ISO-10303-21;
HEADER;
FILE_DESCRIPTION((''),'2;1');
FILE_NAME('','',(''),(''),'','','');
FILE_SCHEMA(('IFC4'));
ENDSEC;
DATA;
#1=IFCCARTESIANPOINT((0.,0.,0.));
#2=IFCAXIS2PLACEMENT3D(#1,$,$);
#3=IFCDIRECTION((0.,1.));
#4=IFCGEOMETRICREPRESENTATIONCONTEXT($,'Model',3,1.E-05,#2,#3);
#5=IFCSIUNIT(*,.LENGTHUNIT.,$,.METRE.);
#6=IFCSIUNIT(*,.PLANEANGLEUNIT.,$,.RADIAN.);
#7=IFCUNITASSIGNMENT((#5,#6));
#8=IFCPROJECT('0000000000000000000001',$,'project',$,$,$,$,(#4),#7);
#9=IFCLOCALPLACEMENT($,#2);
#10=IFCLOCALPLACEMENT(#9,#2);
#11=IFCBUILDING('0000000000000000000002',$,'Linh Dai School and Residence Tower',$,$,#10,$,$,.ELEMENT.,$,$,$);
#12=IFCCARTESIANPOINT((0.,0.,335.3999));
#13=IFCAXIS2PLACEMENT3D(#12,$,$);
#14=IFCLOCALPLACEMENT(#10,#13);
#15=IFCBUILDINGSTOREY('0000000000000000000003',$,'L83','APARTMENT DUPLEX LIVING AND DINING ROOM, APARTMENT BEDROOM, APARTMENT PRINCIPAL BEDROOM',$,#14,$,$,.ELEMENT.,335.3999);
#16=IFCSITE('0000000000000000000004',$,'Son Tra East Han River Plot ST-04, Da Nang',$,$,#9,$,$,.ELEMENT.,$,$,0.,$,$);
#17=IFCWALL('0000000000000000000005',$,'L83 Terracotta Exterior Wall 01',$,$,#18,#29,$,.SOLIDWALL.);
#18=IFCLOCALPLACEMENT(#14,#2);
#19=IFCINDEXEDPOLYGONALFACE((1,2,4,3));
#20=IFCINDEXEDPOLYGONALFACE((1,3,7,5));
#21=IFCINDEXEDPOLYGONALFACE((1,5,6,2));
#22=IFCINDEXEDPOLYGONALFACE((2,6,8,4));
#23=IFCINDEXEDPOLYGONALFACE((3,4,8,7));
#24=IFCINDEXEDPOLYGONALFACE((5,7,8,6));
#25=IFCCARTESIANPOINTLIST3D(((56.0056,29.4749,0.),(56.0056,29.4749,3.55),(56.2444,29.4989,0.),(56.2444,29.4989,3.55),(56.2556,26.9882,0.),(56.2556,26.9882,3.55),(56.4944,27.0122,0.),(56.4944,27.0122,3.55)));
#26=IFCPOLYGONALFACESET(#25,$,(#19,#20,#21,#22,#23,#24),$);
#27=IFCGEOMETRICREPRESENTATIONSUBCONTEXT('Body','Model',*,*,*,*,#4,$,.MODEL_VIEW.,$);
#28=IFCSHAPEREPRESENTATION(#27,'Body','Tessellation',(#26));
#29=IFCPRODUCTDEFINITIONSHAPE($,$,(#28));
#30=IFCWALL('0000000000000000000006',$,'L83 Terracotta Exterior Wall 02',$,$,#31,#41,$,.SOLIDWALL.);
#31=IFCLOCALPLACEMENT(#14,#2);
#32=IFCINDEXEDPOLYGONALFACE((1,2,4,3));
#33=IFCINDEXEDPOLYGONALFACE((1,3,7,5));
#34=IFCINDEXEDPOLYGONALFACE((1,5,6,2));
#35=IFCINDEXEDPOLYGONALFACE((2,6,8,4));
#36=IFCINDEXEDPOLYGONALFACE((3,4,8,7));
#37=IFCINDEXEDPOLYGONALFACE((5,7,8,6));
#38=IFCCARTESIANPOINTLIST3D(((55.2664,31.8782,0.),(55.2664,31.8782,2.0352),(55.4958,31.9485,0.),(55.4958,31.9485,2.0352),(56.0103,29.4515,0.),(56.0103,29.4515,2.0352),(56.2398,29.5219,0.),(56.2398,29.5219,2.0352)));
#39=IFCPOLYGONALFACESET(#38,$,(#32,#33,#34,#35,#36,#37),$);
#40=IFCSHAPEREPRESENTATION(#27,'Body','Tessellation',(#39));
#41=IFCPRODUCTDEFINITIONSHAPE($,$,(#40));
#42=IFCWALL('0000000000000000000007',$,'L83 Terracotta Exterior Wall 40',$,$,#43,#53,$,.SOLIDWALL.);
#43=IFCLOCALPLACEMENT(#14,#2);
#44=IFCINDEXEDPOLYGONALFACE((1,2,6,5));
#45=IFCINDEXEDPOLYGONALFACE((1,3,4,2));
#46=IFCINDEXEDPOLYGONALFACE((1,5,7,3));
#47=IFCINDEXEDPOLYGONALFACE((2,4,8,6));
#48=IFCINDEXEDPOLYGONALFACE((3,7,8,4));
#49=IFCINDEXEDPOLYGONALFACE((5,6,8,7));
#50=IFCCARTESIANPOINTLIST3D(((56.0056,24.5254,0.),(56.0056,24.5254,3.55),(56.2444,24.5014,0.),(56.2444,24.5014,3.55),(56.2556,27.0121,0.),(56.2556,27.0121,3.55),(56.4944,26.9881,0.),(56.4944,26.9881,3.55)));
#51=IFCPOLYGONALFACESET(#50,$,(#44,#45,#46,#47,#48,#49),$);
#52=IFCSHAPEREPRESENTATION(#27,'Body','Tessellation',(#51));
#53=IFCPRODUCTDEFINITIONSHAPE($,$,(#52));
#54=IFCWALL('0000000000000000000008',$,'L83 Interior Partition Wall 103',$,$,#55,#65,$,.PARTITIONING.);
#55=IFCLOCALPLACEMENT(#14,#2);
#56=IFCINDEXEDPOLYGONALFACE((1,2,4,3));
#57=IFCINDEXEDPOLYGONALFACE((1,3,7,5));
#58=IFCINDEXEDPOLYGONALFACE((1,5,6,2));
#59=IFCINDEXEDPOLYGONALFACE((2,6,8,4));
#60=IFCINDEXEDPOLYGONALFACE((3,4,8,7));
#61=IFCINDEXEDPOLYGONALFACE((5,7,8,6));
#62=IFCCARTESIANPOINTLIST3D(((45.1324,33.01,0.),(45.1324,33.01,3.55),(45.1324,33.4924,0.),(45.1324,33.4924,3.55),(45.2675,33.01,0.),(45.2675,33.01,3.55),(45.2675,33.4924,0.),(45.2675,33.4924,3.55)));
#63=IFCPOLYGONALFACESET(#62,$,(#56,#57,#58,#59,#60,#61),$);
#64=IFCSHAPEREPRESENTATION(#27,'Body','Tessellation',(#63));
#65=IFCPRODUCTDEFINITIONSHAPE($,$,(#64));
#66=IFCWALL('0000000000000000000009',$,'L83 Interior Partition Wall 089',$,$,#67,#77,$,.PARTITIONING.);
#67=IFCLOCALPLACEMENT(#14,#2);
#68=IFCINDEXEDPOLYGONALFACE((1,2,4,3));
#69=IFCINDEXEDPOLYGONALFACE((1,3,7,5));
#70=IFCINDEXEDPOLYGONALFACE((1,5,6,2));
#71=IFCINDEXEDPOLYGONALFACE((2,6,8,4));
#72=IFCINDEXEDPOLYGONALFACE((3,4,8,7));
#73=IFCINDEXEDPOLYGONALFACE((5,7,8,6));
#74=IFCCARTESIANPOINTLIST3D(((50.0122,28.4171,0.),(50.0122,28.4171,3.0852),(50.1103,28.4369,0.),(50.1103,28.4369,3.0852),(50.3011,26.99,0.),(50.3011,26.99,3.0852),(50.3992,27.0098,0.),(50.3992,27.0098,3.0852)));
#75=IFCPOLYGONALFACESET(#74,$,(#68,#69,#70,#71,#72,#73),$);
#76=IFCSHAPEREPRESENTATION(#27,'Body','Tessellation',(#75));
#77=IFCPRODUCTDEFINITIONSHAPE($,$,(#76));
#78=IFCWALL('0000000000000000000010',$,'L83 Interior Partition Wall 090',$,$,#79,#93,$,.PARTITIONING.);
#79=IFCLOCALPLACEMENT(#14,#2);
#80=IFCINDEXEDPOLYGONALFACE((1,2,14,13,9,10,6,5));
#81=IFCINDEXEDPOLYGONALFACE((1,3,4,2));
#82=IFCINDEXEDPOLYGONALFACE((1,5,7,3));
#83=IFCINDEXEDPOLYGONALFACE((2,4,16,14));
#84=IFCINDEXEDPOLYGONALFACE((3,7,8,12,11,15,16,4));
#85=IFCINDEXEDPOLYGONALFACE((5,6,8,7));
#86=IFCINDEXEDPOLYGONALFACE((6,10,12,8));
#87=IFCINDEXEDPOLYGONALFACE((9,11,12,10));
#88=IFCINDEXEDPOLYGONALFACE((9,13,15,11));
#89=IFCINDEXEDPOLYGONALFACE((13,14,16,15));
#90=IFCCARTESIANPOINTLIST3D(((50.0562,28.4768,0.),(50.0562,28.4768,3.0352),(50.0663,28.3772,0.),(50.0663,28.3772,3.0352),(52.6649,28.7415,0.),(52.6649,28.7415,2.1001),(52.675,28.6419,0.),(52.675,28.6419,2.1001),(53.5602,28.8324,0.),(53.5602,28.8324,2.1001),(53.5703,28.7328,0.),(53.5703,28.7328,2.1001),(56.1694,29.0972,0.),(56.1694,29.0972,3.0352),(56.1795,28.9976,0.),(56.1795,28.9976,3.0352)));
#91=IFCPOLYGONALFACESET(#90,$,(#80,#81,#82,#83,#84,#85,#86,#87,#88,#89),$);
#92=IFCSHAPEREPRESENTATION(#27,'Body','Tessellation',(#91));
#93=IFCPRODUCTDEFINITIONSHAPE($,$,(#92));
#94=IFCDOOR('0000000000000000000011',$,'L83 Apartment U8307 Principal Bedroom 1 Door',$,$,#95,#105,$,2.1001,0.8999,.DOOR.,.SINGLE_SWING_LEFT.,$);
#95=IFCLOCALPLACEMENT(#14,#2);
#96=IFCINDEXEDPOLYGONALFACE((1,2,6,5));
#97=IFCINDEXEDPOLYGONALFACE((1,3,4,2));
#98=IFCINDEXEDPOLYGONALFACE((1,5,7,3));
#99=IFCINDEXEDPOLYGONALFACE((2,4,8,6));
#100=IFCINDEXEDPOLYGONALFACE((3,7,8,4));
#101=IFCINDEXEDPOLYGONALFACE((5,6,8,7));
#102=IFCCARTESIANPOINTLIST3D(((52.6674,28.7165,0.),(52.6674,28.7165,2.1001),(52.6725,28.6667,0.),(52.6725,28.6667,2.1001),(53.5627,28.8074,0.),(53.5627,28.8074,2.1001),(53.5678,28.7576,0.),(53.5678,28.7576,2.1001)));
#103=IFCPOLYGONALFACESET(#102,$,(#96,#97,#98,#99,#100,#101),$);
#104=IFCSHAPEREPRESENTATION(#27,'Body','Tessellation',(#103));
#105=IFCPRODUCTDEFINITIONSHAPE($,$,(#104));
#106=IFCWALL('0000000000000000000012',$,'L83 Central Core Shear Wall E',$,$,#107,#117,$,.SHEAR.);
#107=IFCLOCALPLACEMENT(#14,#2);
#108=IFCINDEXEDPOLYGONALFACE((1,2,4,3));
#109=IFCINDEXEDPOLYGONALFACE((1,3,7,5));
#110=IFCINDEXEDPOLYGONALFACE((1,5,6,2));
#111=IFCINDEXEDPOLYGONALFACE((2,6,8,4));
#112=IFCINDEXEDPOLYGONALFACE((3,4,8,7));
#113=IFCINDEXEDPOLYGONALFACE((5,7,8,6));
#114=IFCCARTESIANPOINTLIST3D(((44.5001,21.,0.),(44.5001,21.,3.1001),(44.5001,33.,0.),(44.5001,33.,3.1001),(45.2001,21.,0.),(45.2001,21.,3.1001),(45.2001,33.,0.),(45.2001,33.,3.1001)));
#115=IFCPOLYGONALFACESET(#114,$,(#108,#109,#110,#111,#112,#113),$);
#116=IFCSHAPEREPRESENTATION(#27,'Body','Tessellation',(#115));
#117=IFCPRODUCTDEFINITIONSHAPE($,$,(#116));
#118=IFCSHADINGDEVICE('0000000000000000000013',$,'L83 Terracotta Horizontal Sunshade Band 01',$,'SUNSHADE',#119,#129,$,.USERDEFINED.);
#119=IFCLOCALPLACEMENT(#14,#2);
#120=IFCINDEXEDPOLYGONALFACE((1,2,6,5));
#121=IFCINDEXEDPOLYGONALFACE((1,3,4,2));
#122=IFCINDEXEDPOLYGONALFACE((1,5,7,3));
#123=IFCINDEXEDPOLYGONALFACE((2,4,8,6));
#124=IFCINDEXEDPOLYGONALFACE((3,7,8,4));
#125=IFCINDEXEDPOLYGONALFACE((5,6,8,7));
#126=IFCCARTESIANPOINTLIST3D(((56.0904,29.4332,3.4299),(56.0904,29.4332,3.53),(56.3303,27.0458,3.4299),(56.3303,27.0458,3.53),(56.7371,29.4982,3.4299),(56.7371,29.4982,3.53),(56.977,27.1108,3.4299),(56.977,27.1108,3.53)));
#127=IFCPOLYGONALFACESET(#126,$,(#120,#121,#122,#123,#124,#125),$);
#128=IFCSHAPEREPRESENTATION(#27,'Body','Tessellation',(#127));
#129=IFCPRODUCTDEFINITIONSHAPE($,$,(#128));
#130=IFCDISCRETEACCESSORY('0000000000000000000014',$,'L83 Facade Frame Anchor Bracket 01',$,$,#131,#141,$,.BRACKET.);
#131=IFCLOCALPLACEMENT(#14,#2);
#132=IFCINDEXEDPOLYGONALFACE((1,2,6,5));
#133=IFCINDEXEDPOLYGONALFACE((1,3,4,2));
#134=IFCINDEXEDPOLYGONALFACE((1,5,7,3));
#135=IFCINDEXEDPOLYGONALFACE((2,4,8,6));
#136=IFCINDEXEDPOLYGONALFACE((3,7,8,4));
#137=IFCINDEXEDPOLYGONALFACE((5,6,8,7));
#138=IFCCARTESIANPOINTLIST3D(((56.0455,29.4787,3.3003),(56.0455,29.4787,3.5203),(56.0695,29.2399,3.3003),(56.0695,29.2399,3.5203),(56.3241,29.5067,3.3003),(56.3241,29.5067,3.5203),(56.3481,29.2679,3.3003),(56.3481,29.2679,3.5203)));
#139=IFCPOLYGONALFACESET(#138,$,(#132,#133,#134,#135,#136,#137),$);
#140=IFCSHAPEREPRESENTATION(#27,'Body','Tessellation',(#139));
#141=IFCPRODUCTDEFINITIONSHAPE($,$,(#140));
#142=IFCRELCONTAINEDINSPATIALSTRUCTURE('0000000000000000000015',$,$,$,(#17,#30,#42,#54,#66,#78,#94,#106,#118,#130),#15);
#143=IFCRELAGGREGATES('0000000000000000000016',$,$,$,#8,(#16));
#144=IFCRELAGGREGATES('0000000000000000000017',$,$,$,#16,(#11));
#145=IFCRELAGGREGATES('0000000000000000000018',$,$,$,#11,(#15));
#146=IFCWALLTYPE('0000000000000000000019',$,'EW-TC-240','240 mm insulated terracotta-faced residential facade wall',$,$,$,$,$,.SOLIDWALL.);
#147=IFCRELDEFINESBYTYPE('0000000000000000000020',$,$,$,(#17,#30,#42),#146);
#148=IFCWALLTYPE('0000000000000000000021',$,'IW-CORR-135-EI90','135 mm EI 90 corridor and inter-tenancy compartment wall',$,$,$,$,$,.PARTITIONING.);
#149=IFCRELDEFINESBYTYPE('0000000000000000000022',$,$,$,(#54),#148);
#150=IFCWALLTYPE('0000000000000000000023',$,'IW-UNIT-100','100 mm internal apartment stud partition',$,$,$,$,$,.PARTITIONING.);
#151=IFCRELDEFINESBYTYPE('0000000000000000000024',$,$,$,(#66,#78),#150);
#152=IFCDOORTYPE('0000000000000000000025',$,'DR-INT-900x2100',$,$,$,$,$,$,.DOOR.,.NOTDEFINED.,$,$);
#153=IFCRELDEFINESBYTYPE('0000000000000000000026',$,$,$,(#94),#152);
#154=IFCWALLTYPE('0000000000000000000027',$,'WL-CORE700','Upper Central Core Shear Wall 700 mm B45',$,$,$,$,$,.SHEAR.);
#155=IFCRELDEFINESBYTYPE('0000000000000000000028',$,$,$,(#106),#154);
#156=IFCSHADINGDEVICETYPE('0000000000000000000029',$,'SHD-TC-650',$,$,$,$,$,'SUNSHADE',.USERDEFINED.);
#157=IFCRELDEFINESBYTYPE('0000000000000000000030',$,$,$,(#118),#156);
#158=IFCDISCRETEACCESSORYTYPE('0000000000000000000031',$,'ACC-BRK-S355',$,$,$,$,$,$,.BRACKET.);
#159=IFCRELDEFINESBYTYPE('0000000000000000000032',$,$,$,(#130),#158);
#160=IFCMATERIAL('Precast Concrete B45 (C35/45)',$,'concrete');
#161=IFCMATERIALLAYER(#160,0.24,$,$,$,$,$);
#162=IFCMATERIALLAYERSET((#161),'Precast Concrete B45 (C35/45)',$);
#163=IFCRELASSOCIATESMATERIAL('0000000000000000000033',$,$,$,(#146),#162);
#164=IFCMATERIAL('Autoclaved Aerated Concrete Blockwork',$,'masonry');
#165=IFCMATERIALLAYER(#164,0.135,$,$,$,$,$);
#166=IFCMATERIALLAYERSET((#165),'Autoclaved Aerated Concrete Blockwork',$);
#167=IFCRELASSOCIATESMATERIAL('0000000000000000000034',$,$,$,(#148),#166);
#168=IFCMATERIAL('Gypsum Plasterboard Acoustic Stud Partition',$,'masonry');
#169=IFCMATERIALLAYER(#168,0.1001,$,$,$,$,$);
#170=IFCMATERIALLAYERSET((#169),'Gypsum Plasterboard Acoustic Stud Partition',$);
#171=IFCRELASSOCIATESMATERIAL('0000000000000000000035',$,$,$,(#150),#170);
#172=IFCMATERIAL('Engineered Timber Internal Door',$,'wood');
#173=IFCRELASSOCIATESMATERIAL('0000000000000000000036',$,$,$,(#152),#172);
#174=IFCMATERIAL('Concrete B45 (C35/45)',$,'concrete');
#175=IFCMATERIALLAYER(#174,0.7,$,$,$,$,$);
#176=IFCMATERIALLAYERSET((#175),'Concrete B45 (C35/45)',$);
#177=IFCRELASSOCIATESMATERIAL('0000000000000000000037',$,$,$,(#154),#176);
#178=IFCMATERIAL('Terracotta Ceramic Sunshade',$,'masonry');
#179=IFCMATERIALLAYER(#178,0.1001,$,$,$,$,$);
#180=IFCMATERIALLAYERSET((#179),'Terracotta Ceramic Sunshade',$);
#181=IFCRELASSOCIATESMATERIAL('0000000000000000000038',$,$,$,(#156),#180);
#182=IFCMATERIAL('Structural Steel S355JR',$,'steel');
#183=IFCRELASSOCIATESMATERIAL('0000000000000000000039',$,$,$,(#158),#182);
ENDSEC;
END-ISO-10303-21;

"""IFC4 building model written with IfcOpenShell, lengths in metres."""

from ifc_helpers import new_model, si_unit, direction, frame, frame_2d, origin, origin_2d, place, context, subcontext, project, spatial, rectangle, extrude, source, transform, mapped, material, layer, layer_set, type_object, element, fill, save


model = new_model("IFC4")

# Units and contexts
model_context = context("Model", 3, precision=1e-05, world=origin(), true_north=direction((0.0, 1.0)))
body_context = subcontext(model_context, "Body", "Model", "MODEL_VIEW")
ifc_project = project(units=[si_unit("LENGTHUNIT", "METRE"), si_unit("PLANEANGLEUNIT", "RADIAN")], contexts=[model_context])

# Site, building, storey
site_placement = place(None, origin())
site = spatial("IfcSite", under=ifc_project, at=site_placement, Name="Son Tra East Han River Plot ST-04, Da Nang", CompositionType="ELEMENT", RefElevation=0.0)
building_placement = place(site_placement, origin())
building = spatial("IfcBuilding", under=site, at=building_placement, Name="Linh Dai School and Residence Tower", CompositionType="ELEMENT")
storey_placement = place(building_placement, frame((0.0, 0.0, 335.3999)))
storey = spatial("IfcBuildingStorey", under=building, at=storey_placement, Name="L83", Description="APARTMENT DUPLEX LIVING AND DINING ROOM, APARTMENT BEDROOM, APARTMENT PRINCIPAL BEDROOM", CompositionType="ELEMENT", Elevation=335.3999)

# Shared definitions
ifc_material_1 = material(Name="Structural Steel S355JR", Category="steel")

# Shared definitions
ifc_material_2 = material(Name="Precast Concrete B45 (C35/45)", Category="concrete")

# Walls
ifc_layer_1 = layer(ifc_material_2, 0.24)
ifc_layer_set_1 = layer_set([ifc_layer_1], Name="Precast Concrete B45 (C35/45)")
wall_type_1 = type_object("IfcWallType", Name="EW-TC-240", Description="240 mm insulated terracotta-faced residential facade wall", PredefinedType="SOLIDWALL", material=ifc_layer_set_1)
wall_1_placement = place(storey_placement, frame((56.125, 29.4868, 0.0), z_axis=(0.0, 0.0, 1.0), x_axis=(0.100026, -0.994985, 0.0)))
element("IfcWall", 1, at=wall_1_placement, inside=storey, type_object=wall_type_1, Name="L83 Terracotta Exterior Wall 01", PredefinedType="SOLIDWALL", context=body_context, shape_type="SweptSolid", body=[
    extrude(rectangle(XDim=2.4993, YDim=0.24, at=frame_2d((1.2495, 0.0))), origin(), (0.0, 0.0, 1.0), 3.55),
])
wall_2_placement = place(storey_placement, frame((55.3811, 31.9133, 0.0), z_axis=(0.0, 0.0, 1.0), x_axis=(0.293106, -0.95608, 0.0)))
element("IfcWall", 2, at=wall_2_placement, inside=storey, type_object=wall_type_1, Name="L83 Terracotta Exterior Wall 02", PredefinedType="SOLIDWALL", context=body_context, shape_type="SweptSolid", body=[
    extrude(rectangle(XDim=2.5381, YDim=0.24, at=frame_2d((1.269, 0.0))), origin(), (0.0, 0.0, 1.0), 2.0352),
])
wall_3_placement = place(storey_placement, frame((56.375, 27.0, 0.0), z_axis=(0.0, 0.0, 1.0), x_axis=(-0.100026, -0.994985, 0.0)))
element("IfcWall", 3, at=wall_3_placement, inside=storey, type_object=wall_type_1, Name="L83 Terracotta Exterior Wall 40", PredefinedType="SOLIDWALL", context=body_context, shape_type="SweptSolid", body=[
    extrude(rectangle(XDim=2.4993, YDim=0.24, at=frame_2d((1.2495, 0.0))), origin(), (0.0, 0.0, 1.0), 3.55),
])
ifc_material_3 = material(Name="Autoclaved Aerated Concrete Blockwork", Category="masonry")
ifc_layer_2 = layer(ifc_material_3, 0.135)
ifc_layer_set_2 = layer_set([ifc_layer_2], Name="Autoclaved Aerated Concrete Blockwork")
wall_type_2 = type_object("IfcWallType", Name="IW-CORR-135-EI90", Description="135 mm EI 90 corridor and inter-tenancy compartment wall", PredefinedType="PARTITIONING", material=ifc_layer_set_2)
wall_4_placement = place(storey_placement, frame((45.2, 33.01, 0.0), z_axis=(0.0, 0.0, 1.0), x_axis=(0.0, 1.0, 0.0)))
element("IfcWall", 4, at=wall_4_placement, inside=storey, type_object=wall_type_2, Name="L83 Interior Partition Wall 103", PredefinedType="PARTITIONING", context=body_context, shape_type="SweptSolid", body=[
    extrude(rectangle(XDim=0.4824, YDim=0.135, at=frame_2d((0.2412, 0.0))), origin(), (0.0, 0.0, 1.0), 3.55),
])
ifc_material_4 = material(Name="Gypsum Plasterboard Acoustic Stud Partition", Category="masonry")
ifc_layer_3 = layer(ifc_material_4, 0.1001)
ifc_layer_set_3 = layer_set([ifc_layer_3], Name="Gypsum Plasterboard Acoustic Stud Partition")
wall_type_3 = type_object("IfcWallType", Name="IW-UNIT-100", Description="100 mm internal apartment stud partition", PredefinedType="PARTITIONING", material=ifc_layer_set_3)
wall_5_placement = place(storey_placement, frame((50.0613, 28.427, 0.0), z_axis=(0.0, 0.0, 1.0), x_axis=(0.198373, -0.980127, 0.0)))
element("IfcWall", 5, at=wall_5_placement, inside=storey, type_object=wall_type_3, Name="L83 Interior Partition Wall 089", PredefinedType="PARTITIONING", context=body_context, shape_type="SweptSolid", body=[
    extrude(rectangle(XDim=1.4561, YDim=0.1001, at=frame_2d((0.728, 0.0))), origin(), (0.0, 0.0, 1.0), 3.0852),
])

# Wall, opening, door
wall_6_placement = place(storey_placement, frame((50.0613, 28.427, 0.0), z_axis=(0.0, 0.0, 1.0), x_axis=(0.99489, 0.100963, 0.0)))
wall_6 = element("IfcWall", 6, at=wall_6_placement, inside=storey, type_object=wall_type_3, Name="L83 Interior Partition Wall 090", PredefinedType="PARTITIONING", context=body_context, shape_type="SweptSolid", body=[
    extrude(rectangle(XDim=6.1445, YDim=0.1001, at=frame_2d((3.0723, 0.0))), origin(), (0.0, 0.0, 1.0), 3.0352),
])
opening_placement = place(wall_6_placement, frame((2.6221, 0.0, 0.0)))
opening = element("IfcOpeningElement", 7, at=opening_placement, cuts=wall_6, PredefinedType="OPENING", context=body_context, shape_type="SweptSolid", body=[
    extrude(rectangle(XDim=0.8999, YDim=2.1001, at=origin_2d()), frame((0.45, 0.0601, 1.05), z_axis=(0.0, -1.0, 0.0), x_axis=(1.0, 0.0, 0.0)), (0.0, 0.0, 1.0), 0.1201),
])
ifc_material_5 = material(Name="Engineered Timber Internal Door", Category="wood")
door_type = type_object("IfcDoorType", Name="DR-INT-900x2100", OperationType="NOTDEFINED", PredefinedType="DOOR", material=ifc_material_5)
shared_shape_1 = source(origin(), body_context, "Body", "SweptSolid", [
    extrude(rectangle(XDim=0.8999, YDim=2.1001, at=origin_2d()), frame((0.45, 0.0249, 1.05), z_axis=(0.0, -1.0, 0.0), x_axis=(1.0, 0.0, 0.0)), (0.0, 0.0, 1.0), 0.05),
])
door_placement = place(opening_placement, origin())
door = element("IfcDoor", 8, at=door_placement, inside=storey, type_object=door_type, Name="L83 Apartment U8307 Principal Bedroom 1 Door", OperationType="SINGLE_SWING_LEFT", OverallHeight=2.1001, OverallWidth=0.8999, PredefinedType="DOOR", context=body_context, shape_type="MappedRepresentation", body=[
    mapped(shared_shape_1, transform((0.0, 0.0, 0.0), x_axis=(1.0, 0.0, 0.0), y_axis=(0.0, 1.0, 0.0), z_axis=(0.0, 0.0, 1.0), scale=1.0)),
])
fill(opening, door)

# Wall
ifc_material_6 = material(Name="Concrete B45 (C35/45)", Category="concrete")
ifc_layer_4 = layer(ifc_material_6, 0.7)
ifc_layer_set_4 = layer_set([ifc_layer_4], Name="Concrete B45 (C35/45)")
wall_type_4 = type_object("IfcWallType", Name="WL-CORE700", Description="Upper Central Core Shear Wall 700 mm B45", PredefinedType="SHEAR", material=ifc_layer_set_4)
wall_7_placement = place(storey_placement, frame((44.8501, 33.0, 0.0), z_axis=(0.0, 0.0, 1.0), x_axis=(0.0, -1.0, 0.0)))
element("IfcWall", 9, at=wall_7_placement, inside=storey, type_object=wall_type_4, Name="L83 Central Core Shear Wall E", PredefinedType="SHEAR", context=body_context, shape_type="SweptSolid", body=[
    extrude(rectangle(XDim=12.0, YDim=0.7, at=frame_2d((6.0, 0.0))), origin(), (0.0, 0.0, 1.0), 3.1001),
])

# Shading device
ifc_material_7 = material(Name="Terracotta Ceramic Sunshade", Category="masonry")
ifc_layer_5 = layer(ifc_material_7, 0.1001)
ifc_layer_set_5 = layer_set([ifc_layer_5], Name="Terracotta Ceramic Sunshade")
shading_device_type = type_object("IfcShadingDeviceType", Name="SHD-TC-650", ElementType="SUNSHADE", PredefinedType="USERDEFINED", material=ifc_layer_set_5)
shared_shape_2 = source(origin(), body_context, "Body", "SweptSolid", [
    extrude(rectangle(XDim=2.3994, YDim=0.6499, at=origin_2d()), origin(), (0.0, 0.0, 1.0), 0.1001),
])
shading_device_placement = place(storey_placement, frame((56.5337, 28.272, 3.4299), z_axis=(0.0, 0.0, 1.0), x_axis=(0.099992, -0.994988, 0.0)))
element("IfcShadingDevice", 10, at=shading_device_placement, inside=storey, type_object=shading_device_type, Name="L83 Terracotta Horizontal Sunshade Band 01", ObjectType="SUNSHADE", PredefinedType="USERDEFINED", context=body_context, shape_type="MappedRepresentation", body=[
    mapped(shared_shape_2, transform((0.0, 0.0, 0.0), x_axis=(1.0, 0.0, 0.0), y_axis=(0.0, 1.0, 0.0), z_axis=(0.0, 0.0, 1.0), scale=1.0)),
])

# Discrete accessory
discrete_accessory_type = type_object("IfcDiscreteAccessoryType", Name="ACC-BRK-S355", PredefinedType="BRACKET", material=ifc_material_1)
shared_shape_3 = source(origin(), body_context, "Body", "SweptSolid", [
    extrude(rectangle(XDim=0.28, YDim=0.24, at=origin_2d()), origin(), (0.0, 0.0, 1.0), 0.22),
])
discrete_accessory_placement = place(storey_placement, frame((56.1968, 29.3733, 3.3003), z_axis=(0.0, 0.0, 1.0), x_axis=(0.994988, 0.099992, 0.0)))
element("IfcDiscreteAccessory", 11, at=discrete_accessory_placement, inside=storey, type_object=discrete_accessory_type, Name="L83 Facade Frame Anchor Bracket 01", PredefinedType="BRACKET", context=body_context, shape_type="MappedRepresentation", body=[
    mapped(shared_shape_3, transform((0.0, 0.0, 0.0), x_axis=(1.0, 0.0, 0.0), y_axis=(0.0, 1.0, 0.0), z_axis=(0.0, 0.0, 1.0), scale=1.0)),
])

save(model, "model.ifc")
